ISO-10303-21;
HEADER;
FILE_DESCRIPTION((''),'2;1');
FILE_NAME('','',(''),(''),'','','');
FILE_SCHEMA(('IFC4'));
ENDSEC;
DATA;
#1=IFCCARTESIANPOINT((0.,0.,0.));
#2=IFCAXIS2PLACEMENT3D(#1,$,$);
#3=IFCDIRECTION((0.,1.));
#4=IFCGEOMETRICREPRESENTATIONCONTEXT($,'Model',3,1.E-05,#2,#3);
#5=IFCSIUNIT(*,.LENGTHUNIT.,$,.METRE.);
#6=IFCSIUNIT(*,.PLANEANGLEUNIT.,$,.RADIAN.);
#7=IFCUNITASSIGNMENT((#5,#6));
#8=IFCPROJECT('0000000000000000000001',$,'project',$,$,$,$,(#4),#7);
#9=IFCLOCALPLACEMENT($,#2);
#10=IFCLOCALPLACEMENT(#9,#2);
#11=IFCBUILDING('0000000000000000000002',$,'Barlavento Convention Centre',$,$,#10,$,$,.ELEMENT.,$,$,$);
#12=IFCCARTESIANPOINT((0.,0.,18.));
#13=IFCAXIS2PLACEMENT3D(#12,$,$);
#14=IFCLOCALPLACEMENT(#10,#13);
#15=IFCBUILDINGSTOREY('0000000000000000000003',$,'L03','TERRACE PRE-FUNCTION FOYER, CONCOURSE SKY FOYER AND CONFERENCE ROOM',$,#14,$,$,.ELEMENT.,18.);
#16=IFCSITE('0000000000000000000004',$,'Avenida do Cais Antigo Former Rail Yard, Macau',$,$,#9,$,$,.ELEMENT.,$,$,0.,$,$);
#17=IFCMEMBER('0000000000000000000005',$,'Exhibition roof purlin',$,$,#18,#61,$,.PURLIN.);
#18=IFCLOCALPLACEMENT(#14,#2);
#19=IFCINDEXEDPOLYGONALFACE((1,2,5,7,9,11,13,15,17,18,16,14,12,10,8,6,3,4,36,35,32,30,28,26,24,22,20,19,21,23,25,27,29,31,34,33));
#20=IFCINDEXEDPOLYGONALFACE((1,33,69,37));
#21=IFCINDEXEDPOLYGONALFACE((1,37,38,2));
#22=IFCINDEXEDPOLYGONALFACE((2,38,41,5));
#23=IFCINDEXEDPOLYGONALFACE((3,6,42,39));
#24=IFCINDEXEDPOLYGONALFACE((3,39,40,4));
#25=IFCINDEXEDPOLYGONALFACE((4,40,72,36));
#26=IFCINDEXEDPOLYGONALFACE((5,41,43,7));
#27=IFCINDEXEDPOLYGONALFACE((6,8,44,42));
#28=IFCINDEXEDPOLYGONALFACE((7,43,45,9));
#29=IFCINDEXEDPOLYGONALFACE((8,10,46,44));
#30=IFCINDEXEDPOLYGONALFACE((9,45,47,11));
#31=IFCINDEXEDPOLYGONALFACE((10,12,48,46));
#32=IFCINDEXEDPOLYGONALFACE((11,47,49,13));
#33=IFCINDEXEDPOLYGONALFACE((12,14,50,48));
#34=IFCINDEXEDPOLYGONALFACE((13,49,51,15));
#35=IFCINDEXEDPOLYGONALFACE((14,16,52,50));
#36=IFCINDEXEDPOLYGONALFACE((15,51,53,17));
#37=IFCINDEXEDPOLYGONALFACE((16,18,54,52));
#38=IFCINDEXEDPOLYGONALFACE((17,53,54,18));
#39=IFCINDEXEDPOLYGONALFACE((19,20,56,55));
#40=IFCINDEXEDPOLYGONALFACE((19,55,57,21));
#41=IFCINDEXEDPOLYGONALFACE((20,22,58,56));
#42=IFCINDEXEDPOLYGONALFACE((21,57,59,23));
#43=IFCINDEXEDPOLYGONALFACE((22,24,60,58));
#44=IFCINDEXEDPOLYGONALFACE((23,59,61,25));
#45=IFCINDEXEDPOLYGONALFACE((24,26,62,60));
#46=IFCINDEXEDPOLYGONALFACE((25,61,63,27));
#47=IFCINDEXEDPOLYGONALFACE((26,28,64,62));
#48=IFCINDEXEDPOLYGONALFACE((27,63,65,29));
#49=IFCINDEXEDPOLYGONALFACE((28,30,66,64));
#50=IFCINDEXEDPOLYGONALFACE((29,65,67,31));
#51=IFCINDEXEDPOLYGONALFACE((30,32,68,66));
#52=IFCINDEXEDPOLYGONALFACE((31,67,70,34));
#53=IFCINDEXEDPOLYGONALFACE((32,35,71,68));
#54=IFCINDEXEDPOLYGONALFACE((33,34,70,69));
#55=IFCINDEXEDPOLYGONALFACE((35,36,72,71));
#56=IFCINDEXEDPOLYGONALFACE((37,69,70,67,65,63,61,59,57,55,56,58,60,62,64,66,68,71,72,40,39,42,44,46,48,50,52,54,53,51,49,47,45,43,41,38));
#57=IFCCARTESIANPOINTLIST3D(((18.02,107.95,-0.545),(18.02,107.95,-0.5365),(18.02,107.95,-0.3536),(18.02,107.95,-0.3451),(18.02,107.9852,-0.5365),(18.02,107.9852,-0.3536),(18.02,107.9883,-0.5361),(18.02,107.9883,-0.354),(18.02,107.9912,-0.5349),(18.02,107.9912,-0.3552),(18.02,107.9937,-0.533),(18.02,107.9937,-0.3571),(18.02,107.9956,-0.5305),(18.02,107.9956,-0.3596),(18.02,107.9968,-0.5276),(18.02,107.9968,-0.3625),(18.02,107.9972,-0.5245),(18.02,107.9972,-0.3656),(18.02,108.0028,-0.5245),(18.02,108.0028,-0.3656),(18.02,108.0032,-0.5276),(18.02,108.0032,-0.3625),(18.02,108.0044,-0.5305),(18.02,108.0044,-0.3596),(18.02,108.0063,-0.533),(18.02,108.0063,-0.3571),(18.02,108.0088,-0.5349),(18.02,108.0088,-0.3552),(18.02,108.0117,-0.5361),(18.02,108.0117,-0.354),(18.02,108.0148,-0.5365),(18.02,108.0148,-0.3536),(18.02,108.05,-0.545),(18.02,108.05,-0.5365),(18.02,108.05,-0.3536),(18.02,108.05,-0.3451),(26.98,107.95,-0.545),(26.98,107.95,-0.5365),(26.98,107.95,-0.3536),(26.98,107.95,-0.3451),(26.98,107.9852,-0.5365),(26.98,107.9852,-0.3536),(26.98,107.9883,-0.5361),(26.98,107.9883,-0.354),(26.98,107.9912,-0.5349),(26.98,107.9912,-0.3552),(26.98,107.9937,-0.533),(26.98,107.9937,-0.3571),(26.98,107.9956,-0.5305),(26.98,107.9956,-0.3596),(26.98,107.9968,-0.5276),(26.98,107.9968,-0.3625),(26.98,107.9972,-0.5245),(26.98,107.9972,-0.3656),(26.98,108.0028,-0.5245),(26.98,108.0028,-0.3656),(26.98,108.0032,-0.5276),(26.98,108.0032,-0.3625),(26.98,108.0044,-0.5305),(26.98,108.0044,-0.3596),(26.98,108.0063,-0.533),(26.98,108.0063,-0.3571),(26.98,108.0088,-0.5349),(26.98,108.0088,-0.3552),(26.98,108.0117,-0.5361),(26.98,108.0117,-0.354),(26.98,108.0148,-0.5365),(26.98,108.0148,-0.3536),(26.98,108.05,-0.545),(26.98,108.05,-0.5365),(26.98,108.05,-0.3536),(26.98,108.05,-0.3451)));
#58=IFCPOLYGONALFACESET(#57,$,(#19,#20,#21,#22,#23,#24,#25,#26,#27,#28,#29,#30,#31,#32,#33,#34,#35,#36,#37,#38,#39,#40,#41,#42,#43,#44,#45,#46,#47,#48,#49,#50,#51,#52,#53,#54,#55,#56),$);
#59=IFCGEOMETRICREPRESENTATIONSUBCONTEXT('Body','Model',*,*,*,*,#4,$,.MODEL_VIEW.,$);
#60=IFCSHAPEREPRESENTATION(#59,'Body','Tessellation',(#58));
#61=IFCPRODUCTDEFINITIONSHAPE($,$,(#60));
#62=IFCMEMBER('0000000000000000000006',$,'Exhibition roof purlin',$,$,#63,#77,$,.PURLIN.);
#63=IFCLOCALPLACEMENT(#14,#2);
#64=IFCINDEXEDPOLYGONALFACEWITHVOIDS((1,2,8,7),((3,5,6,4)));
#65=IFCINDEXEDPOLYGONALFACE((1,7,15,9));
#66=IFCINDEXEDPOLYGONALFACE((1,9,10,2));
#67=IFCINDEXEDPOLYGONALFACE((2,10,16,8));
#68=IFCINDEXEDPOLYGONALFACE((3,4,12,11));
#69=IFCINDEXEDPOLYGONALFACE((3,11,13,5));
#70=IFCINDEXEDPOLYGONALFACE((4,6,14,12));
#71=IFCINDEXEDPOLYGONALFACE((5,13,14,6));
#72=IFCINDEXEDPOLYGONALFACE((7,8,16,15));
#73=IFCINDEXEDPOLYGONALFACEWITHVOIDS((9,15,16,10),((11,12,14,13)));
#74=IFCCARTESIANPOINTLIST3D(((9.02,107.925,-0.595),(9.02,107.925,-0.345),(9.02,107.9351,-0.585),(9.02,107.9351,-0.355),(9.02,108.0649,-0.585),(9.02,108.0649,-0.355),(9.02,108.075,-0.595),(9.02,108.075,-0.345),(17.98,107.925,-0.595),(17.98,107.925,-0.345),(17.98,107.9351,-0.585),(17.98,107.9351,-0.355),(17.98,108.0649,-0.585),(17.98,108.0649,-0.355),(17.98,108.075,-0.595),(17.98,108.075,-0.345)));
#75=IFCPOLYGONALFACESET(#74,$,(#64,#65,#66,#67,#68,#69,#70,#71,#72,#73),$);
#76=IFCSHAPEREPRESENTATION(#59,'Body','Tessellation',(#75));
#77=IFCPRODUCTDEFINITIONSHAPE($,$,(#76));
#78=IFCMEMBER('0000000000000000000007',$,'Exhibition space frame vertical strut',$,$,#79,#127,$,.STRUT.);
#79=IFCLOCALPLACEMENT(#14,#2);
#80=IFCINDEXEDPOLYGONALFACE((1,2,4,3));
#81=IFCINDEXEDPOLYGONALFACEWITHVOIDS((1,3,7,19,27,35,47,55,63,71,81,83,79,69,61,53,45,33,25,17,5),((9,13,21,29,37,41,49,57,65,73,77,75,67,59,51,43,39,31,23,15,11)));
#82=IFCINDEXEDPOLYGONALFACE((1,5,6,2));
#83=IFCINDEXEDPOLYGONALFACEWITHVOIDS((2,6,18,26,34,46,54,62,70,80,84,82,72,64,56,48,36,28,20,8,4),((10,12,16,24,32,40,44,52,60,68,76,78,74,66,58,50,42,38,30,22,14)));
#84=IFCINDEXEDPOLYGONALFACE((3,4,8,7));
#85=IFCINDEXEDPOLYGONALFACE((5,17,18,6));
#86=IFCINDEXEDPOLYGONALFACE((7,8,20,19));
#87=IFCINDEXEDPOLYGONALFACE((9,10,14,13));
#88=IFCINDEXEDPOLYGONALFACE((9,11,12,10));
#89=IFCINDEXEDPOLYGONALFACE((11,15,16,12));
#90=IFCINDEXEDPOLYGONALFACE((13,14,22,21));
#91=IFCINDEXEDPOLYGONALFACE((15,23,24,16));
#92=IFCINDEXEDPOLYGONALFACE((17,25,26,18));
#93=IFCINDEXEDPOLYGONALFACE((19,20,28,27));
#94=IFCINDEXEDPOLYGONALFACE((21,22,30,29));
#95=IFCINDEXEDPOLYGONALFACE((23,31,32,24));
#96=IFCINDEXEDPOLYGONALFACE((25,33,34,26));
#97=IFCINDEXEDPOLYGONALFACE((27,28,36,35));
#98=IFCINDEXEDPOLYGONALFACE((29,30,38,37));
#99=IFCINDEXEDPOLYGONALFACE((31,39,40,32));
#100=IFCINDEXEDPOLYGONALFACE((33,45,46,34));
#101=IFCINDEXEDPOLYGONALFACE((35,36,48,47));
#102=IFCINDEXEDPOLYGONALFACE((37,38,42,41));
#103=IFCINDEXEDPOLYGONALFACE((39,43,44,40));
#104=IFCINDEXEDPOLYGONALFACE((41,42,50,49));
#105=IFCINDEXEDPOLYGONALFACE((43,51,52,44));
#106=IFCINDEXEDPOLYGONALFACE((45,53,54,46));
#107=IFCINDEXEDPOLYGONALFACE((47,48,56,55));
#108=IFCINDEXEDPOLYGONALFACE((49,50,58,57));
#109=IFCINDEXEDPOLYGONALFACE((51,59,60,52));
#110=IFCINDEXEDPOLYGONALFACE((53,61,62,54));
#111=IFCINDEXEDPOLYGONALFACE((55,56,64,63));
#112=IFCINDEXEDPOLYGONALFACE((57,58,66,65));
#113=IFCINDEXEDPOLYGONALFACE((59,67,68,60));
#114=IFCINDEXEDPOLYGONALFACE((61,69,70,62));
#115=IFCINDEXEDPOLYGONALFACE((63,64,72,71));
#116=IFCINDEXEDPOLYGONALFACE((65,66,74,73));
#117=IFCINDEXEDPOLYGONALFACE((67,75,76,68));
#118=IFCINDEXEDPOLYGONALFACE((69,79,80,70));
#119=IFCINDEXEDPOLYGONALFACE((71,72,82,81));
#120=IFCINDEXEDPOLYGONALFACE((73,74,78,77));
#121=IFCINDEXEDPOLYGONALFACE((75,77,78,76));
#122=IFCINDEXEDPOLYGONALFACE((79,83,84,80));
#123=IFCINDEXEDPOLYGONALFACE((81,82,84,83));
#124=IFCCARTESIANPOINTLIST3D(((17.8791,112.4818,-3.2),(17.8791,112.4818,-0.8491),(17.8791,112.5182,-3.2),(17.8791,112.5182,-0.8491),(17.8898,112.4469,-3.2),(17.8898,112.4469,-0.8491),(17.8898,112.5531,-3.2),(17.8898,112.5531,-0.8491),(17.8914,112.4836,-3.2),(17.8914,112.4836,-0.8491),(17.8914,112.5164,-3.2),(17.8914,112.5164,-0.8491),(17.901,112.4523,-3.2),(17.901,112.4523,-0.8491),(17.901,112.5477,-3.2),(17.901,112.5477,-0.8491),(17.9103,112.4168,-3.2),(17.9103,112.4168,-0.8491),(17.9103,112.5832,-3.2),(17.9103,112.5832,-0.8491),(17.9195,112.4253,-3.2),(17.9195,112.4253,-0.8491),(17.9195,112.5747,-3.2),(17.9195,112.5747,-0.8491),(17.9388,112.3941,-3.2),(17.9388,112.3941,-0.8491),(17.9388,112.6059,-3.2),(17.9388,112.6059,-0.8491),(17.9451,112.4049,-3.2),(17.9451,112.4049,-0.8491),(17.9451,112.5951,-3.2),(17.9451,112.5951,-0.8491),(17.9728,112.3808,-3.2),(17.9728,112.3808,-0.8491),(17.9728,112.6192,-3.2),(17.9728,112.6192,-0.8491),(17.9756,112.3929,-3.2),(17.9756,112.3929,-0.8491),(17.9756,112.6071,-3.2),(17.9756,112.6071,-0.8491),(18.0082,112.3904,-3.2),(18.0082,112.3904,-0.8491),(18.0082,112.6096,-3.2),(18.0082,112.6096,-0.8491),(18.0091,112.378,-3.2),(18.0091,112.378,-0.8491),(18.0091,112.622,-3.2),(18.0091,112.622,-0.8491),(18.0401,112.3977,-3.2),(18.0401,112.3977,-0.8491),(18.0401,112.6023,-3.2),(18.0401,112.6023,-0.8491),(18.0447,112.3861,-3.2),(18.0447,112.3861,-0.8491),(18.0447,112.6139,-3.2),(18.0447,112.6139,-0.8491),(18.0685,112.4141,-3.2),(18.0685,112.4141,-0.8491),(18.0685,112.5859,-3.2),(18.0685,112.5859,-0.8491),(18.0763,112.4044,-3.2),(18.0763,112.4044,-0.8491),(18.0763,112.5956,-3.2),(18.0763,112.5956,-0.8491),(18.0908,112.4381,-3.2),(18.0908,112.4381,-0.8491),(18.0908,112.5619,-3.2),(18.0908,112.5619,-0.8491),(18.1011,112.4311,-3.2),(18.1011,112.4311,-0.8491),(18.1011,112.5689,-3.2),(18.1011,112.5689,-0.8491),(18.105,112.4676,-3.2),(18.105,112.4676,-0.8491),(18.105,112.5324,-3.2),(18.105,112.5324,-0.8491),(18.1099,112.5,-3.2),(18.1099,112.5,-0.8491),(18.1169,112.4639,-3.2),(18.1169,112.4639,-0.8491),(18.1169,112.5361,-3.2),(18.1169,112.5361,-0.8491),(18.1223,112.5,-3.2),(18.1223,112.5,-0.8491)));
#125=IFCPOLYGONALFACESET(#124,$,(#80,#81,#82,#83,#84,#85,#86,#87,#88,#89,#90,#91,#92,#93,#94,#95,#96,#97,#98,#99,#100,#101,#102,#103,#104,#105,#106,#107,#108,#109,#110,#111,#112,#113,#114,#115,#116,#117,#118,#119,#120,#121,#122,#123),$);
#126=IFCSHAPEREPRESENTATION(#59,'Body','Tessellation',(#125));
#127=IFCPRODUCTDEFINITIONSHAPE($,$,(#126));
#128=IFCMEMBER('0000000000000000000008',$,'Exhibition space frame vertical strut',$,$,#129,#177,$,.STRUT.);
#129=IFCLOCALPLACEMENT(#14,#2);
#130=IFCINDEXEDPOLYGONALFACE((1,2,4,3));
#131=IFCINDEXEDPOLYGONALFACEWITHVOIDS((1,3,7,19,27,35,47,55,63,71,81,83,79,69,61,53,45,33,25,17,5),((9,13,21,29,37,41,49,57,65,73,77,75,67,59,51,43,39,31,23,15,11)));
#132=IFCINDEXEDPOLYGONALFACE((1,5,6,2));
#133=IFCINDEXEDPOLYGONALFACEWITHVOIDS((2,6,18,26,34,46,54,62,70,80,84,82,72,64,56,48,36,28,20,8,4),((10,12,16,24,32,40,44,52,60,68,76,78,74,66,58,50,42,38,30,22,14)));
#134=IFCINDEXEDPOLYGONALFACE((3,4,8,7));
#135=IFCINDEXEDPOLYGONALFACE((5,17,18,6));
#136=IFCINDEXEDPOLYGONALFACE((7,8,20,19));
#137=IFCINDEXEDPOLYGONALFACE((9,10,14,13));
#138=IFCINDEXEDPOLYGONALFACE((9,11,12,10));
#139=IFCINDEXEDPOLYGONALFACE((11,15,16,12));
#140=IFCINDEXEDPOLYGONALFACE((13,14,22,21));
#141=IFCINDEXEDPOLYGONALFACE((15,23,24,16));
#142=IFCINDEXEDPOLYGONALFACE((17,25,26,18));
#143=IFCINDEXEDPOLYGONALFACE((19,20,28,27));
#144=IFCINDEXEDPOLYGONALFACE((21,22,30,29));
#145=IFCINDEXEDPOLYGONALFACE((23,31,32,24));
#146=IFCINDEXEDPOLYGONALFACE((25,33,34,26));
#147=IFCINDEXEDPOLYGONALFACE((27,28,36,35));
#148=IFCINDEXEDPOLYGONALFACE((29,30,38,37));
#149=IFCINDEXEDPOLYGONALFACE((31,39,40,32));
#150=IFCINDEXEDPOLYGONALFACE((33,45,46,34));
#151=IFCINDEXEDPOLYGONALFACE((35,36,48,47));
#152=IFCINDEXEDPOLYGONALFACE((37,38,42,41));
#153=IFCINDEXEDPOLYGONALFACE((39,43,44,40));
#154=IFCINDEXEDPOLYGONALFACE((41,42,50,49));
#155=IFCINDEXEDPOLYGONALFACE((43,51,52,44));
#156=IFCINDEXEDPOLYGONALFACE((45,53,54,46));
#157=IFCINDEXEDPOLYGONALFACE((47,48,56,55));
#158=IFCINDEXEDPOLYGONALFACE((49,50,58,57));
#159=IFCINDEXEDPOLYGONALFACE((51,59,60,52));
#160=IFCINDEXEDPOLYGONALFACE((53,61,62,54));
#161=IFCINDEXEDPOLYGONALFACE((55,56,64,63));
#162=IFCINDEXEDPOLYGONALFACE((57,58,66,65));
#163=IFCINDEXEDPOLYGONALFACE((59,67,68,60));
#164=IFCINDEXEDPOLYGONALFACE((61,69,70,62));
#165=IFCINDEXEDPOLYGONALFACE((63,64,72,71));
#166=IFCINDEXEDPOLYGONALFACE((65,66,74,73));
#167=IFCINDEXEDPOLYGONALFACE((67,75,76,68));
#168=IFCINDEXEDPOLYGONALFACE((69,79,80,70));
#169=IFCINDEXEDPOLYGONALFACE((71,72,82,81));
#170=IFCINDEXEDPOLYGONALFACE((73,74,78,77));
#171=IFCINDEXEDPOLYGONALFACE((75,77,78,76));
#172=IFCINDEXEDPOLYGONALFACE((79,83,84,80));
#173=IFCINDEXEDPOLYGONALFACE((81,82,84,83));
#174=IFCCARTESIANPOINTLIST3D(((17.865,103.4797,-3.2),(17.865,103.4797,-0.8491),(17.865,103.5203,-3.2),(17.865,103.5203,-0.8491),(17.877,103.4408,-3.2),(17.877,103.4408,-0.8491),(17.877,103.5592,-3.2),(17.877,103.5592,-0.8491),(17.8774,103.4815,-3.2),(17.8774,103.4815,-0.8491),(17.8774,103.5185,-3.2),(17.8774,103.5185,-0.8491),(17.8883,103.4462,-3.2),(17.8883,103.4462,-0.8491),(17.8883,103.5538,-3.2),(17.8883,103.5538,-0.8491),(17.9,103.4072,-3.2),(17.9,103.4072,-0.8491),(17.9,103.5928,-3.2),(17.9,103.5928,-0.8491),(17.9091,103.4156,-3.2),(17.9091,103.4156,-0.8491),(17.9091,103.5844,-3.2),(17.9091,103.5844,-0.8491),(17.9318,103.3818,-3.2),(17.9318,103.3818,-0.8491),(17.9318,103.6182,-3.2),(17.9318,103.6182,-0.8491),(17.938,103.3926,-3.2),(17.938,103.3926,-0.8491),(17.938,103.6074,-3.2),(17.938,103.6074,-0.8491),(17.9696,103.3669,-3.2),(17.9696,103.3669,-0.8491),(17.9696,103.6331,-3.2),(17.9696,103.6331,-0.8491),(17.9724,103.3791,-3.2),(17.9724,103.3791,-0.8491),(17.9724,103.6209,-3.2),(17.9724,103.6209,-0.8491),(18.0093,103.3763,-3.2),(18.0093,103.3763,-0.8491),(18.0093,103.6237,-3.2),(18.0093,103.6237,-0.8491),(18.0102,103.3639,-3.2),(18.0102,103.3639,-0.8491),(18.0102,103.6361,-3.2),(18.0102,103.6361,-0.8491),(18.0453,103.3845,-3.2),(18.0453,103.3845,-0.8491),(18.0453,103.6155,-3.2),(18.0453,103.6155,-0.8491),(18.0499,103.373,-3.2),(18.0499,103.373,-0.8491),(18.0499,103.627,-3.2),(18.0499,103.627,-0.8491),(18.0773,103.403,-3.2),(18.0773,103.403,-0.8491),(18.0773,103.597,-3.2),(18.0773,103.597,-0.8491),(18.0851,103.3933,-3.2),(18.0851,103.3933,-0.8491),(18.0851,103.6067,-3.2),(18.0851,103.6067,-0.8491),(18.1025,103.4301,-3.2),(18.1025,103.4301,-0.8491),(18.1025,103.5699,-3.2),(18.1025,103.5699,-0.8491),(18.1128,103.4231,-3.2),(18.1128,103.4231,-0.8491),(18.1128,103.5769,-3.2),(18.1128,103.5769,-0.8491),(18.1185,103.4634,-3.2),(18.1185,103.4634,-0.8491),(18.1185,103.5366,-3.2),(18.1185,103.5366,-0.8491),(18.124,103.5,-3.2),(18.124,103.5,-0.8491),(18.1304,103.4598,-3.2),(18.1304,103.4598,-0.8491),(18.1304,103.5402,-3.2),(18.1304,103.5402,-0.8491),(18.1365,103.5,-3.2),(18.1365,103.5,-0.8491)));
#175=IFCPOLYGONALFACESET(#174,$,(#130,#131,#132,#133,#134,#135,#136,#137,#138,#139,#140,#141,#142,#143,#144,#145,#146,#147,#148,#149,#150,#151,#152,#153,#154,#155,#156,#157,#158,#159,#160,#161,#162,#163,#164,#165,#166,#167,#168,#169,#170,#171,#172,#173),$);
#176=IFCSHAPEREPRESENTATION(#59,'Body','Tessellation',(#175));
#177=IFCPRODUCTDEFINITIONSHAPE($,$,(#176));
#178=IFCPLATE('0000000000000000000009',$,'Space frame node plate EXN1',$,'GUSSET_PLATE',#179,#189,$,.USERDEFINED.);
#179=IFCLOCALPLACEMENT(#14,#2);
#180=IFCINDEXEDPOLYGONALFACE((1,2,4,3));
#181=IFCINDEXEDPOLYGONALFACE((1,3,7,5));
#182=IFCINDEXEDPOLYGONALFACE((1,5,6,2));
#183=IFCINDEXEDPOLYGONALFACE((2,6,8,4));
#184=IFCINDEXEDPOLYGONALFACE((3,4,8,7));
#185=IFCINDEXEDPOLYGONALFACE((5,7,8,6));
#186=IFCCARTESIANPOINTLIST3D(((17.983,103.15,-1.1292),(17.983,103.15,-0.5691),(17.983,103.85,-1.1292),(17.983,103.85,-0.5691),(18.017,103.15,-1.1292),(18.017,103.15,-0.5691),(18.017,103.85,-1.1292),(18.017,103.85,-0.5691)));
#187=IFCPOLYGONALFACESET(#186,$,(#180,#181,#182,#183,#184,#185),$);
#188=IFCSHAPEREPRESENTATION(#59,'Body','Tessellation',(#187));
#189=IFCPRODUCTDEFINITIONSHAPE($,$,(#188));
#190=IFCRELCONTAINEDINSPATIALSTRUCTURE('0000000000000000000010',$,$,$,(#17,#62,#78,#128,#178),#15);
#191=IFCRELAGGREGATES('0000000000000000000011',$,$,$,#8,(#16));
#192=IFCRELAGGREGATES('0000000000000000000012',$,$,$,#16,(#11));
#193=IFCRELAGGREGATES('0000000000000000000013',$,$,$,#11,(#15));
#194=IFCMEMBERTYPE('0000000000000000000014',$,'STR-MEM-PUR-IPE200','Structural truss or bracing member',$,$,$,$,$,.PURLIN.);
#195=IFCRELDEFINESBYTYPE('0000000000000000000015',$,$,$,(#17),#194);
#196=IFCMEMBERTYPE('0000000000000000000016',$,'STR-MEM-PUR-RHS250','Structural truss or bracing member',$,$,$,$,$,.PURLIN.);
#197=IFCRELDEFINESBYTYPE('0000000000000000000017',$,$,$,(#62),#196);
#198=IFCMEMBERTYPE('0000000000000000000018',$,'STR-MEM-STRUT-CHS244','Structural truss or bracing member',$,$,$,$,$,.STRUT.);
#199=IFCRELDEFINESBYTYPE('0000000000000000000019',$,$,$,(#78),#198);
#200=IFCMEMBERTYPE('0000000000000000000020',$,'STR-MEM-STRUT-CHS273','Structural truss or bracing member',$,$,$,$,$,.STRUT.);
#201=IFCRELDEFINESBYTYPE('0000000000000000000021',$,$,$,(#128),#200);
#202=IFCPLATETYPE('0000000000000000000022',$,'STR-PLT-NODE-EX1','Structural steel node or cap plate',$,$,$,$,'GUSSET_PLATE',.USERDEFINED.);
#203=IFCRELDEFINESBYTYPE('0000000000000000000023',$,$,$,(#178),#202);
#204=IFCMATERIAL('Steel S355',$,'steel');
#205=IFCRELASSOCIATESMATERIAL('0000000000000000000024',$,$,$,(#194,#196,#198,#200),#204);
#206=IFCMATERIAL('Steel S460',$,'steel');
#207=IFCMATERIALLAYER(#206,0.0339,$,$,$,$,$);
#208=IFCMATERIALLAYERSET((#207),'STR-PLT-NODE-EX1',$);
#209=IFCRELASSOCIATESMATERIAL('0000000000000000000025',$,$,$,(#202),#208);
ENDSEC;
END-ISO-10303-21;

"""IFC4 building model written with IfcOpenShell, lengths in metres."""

from ifc_helpers import new_model, si_unit, direction, frame, origin, origin_2d, place, context, subcontext, project, spatial, rectangle, hollow_rectangle, hollow_circle, i_section, extrude, material, layer, layer_set, material_profile, profile_set, type_object, element, save


model = new_model("IFC4")

# Units and contexts
model_context = context("Model", 3, precision=1e-05, world=origin(), true_north=direction((0.0, 1.0)))
body_context = subcontext(model_context, "Body", "Model", "MODEL_VIEW")
ifc_project = project(units=[si_unit("LENGTHUNIT", "METRE"), si_unit("PLANEANGLEUNIT", "RADIAN")], contexts=[model_context])

# Site, building, storey
site_placement = place(None, origin())
site = spatial("IfcSite", under=ifc_project, at=site_placement, Name="Avenida do Cais Antigo Former Rail Yard, Macau", CompositionType="ELEMENT", RefElevation=0.0)
building_placement = place(site_placement, origin())
building = spatial("IfcBuilding", under=site, at=building_placement, Name="Barlavento Convention Centre", CompositionType="ELEMENT")
storey_placement = place(building_placement, frame((0.0, 0.0, 18.0)))
storey = spatial("IfcBuildingStorey", under=building, at=storey_placement, Name="L03", Description="TERRACE PRE-FUNCTION FOYER, CONCOURSE SKY FOYER AND CONFERENCE ROOM", CompositionType="ELEMENT", Elevation=18.0)

# Shared definitions
ifc_material_1 = material(Name="Steel S355", Category="steel")

# Members
ifc_material_profile_1 = material_profile(ifc_material_1, i_section(OverallWidth=0.1001, OverallDepth=0.2, WebThickness=0.0056, FlangeThickness=0.0085, FilletRadius=0.012, at=origin_2d()), Name="IPE 200")
ifc_profile_set_1 = profile_set([ifc_material_profile_1], Name="Steel S355")
member_type_1 = type_object("IfcMemberType", Name="STR-MEM-PUR-IPE200", Description="Structural truss or bracing member", PredefinedType="PURLIN", material=ifc_profile_set_1)
member_1_placement = place(storey_placement, frame((18.02, 108.0, -0.4451), z_axis=(1.0, 0.0, 0.0), x_axis=(0.0, 1.0, 0.0)))
element("IfcMember", 1, at=member_1_placement, inside=storey, type_object=member_type_1, Name="Exhibition roof purlin", PredefinedType="PURLIN", context=body_context, shape_type="SweptSolid", body=[
    extrude(i_section(OverallWidth=0.1001, OverallDepth=0.2, WebThickness=0.0056, FlangeThickness=0.0085, FilletRadius=0.012, at=origin_2d()), origin(), (0.0, 0.0, 1.0), 8.96),
])
ifc_material_profile_2 = material_profile(ifc_material_1, hollow_rectangle(XDim=0.1499, YDim=0.25, WallThickness=0.01, at=origin_2d()), Name="RHS 250x150x10.0")
ifc_profile_set_2 = profile_set([ifc_material_profile_2], Name="Steel S355")
member_type_2 = type_object("IfcMemberType", Name="STR-MEM-PUR-RHS250", Description="Structural truss or bracing member", PredefinedType="PURLIN", material=ifc_profile_set_2)
member_2_placement = place(storey_placement, frame((9.02, 108.0, -0.47), z_axis=(1.0, 0.0, 0.0), x_axis=(0.0, 1.0, 0.0)))
element("IfcMember", 2, at=member_2_placement, inside=storey, type_object=member_type_2, Name="Exhibition roof purlin", PredefinedType="PURLIN", context=body_context, shape_type="SweptSolid", body=[
    extrude(hollow_rectangle(XDim=0.1499, YDim=0.25, WallThickness=0.01, at=origin_2d()), origin(), (0.0, 0.0, 1.0), 8.96),
])
ifc_material_profile_3 = material_profile(ifc_material_1, hollow_circle(Radius=0.1223, WallThickness=0.0125, at=origin_2d()), Name="CHS 244.5x12.5")
ifc_profile_set_3 = profile_set([ifc_material_profile_3], Name="Steel S355")
member_type_3 = type_object("IfcMemberType", Name="STR-MEM-STRUT-CHS244", Description="Structural truss or bracing member", PredefinedType="STRUT", material=ifc_profile_set_3)
member_3_placement = place(storey_placement, frame((18.0, 112.5, -3.2), z_axis=(0.0, 0.0, 1.0), x_axis=(1.0, 0.0, 0.0)))
element("IfcMember", 3, at=member_3_placement, inside=storey, type_object=member_type_3, Name="Exhibition space frame vertical strut", PredefinedType="STRUT", context=body_context, shape_type="SweptSolid", body=[
    extrude(hollow_circle(Radius=0.1223, WallThickness=0.0125, at=origin_2d()), origin(), (0.0, 0.0, 1.0), 2.3508),
])
ifc_material_profile_4 = material_profile(ifc_material_1, hollow_circle(Radius=0.1365, WallThickness=0.0125, at=origin_2d()), Name="CHS 273.0x12.5")
ifc_profile_set_4 = profile_set([ifc_material_profile_4], Name="Steel S355")
member_type_4 = type_object("IfcMemberType", Name="STR-MEM-STRUT-CHS273", Description="Structural truss or bracing member", PredefinedType="STRUT", material=ifc_profile_set_4)
member_4_placement = place(storey_placement, frame((18.0, 103.5, -3.2), z_axis=(0.0, 0.0, 1.0), x_axis=(1.0, 0.0, 0.0)))
element("IfcMember", 4, at=member_4_placement, inside=storey, type_object=member_type_4, Name="Exhibition space frame vertical strut", PredefinedType="STRUT", context=body_context, shape_type="SweptSolid", body=[
    extrude(hollow_circle(Radius=0.1365, WallThickness=0.0125, at=origin_2d()), origin(), (0.0, 0.0, 1.0), 2.3508),
])

# Plate
ifc_material_2 = material(Name="Steel S460", Category="steel")
ifc_layer_1 = layer(ifc_material_2, 0.0339)
ifc_layer_set_1 = layer_set([ifc_layer_1], Name="STR-PLT-NODE-EX1")
plate_type = type_object("IfcPlateType", Name="STR-PLT-NODE-EX1", Description="Structural steel node or cap plate", ElementType="GUSSET_PLATE", PredefinedType="USERDEFINED", material=ifc_layer_set_1)
plate_placement = place(storey_placement, frame((18.0, 103.5, -1.1292), z_axis=(0.0, 0.0, 1.0), x_axis=(1.0, 0.0, 0.0)))
element("IfcPlate", 5, at=plate_placement, inside=storey, type_object=plate_type, Name="Space frame node plate EXN1", ObjectType="GUSSET_PLATE", PredefinedType="USERDEFINED", context=body_context, shape_type="SweptSolid", body=[
    extrude(rectangle(XDim=0.0339, YDim=0.7, at=origin_2d()), origin(), (0.0, 0.0, 1.0), 0.5601),
])

save(model, "model.ifc")
